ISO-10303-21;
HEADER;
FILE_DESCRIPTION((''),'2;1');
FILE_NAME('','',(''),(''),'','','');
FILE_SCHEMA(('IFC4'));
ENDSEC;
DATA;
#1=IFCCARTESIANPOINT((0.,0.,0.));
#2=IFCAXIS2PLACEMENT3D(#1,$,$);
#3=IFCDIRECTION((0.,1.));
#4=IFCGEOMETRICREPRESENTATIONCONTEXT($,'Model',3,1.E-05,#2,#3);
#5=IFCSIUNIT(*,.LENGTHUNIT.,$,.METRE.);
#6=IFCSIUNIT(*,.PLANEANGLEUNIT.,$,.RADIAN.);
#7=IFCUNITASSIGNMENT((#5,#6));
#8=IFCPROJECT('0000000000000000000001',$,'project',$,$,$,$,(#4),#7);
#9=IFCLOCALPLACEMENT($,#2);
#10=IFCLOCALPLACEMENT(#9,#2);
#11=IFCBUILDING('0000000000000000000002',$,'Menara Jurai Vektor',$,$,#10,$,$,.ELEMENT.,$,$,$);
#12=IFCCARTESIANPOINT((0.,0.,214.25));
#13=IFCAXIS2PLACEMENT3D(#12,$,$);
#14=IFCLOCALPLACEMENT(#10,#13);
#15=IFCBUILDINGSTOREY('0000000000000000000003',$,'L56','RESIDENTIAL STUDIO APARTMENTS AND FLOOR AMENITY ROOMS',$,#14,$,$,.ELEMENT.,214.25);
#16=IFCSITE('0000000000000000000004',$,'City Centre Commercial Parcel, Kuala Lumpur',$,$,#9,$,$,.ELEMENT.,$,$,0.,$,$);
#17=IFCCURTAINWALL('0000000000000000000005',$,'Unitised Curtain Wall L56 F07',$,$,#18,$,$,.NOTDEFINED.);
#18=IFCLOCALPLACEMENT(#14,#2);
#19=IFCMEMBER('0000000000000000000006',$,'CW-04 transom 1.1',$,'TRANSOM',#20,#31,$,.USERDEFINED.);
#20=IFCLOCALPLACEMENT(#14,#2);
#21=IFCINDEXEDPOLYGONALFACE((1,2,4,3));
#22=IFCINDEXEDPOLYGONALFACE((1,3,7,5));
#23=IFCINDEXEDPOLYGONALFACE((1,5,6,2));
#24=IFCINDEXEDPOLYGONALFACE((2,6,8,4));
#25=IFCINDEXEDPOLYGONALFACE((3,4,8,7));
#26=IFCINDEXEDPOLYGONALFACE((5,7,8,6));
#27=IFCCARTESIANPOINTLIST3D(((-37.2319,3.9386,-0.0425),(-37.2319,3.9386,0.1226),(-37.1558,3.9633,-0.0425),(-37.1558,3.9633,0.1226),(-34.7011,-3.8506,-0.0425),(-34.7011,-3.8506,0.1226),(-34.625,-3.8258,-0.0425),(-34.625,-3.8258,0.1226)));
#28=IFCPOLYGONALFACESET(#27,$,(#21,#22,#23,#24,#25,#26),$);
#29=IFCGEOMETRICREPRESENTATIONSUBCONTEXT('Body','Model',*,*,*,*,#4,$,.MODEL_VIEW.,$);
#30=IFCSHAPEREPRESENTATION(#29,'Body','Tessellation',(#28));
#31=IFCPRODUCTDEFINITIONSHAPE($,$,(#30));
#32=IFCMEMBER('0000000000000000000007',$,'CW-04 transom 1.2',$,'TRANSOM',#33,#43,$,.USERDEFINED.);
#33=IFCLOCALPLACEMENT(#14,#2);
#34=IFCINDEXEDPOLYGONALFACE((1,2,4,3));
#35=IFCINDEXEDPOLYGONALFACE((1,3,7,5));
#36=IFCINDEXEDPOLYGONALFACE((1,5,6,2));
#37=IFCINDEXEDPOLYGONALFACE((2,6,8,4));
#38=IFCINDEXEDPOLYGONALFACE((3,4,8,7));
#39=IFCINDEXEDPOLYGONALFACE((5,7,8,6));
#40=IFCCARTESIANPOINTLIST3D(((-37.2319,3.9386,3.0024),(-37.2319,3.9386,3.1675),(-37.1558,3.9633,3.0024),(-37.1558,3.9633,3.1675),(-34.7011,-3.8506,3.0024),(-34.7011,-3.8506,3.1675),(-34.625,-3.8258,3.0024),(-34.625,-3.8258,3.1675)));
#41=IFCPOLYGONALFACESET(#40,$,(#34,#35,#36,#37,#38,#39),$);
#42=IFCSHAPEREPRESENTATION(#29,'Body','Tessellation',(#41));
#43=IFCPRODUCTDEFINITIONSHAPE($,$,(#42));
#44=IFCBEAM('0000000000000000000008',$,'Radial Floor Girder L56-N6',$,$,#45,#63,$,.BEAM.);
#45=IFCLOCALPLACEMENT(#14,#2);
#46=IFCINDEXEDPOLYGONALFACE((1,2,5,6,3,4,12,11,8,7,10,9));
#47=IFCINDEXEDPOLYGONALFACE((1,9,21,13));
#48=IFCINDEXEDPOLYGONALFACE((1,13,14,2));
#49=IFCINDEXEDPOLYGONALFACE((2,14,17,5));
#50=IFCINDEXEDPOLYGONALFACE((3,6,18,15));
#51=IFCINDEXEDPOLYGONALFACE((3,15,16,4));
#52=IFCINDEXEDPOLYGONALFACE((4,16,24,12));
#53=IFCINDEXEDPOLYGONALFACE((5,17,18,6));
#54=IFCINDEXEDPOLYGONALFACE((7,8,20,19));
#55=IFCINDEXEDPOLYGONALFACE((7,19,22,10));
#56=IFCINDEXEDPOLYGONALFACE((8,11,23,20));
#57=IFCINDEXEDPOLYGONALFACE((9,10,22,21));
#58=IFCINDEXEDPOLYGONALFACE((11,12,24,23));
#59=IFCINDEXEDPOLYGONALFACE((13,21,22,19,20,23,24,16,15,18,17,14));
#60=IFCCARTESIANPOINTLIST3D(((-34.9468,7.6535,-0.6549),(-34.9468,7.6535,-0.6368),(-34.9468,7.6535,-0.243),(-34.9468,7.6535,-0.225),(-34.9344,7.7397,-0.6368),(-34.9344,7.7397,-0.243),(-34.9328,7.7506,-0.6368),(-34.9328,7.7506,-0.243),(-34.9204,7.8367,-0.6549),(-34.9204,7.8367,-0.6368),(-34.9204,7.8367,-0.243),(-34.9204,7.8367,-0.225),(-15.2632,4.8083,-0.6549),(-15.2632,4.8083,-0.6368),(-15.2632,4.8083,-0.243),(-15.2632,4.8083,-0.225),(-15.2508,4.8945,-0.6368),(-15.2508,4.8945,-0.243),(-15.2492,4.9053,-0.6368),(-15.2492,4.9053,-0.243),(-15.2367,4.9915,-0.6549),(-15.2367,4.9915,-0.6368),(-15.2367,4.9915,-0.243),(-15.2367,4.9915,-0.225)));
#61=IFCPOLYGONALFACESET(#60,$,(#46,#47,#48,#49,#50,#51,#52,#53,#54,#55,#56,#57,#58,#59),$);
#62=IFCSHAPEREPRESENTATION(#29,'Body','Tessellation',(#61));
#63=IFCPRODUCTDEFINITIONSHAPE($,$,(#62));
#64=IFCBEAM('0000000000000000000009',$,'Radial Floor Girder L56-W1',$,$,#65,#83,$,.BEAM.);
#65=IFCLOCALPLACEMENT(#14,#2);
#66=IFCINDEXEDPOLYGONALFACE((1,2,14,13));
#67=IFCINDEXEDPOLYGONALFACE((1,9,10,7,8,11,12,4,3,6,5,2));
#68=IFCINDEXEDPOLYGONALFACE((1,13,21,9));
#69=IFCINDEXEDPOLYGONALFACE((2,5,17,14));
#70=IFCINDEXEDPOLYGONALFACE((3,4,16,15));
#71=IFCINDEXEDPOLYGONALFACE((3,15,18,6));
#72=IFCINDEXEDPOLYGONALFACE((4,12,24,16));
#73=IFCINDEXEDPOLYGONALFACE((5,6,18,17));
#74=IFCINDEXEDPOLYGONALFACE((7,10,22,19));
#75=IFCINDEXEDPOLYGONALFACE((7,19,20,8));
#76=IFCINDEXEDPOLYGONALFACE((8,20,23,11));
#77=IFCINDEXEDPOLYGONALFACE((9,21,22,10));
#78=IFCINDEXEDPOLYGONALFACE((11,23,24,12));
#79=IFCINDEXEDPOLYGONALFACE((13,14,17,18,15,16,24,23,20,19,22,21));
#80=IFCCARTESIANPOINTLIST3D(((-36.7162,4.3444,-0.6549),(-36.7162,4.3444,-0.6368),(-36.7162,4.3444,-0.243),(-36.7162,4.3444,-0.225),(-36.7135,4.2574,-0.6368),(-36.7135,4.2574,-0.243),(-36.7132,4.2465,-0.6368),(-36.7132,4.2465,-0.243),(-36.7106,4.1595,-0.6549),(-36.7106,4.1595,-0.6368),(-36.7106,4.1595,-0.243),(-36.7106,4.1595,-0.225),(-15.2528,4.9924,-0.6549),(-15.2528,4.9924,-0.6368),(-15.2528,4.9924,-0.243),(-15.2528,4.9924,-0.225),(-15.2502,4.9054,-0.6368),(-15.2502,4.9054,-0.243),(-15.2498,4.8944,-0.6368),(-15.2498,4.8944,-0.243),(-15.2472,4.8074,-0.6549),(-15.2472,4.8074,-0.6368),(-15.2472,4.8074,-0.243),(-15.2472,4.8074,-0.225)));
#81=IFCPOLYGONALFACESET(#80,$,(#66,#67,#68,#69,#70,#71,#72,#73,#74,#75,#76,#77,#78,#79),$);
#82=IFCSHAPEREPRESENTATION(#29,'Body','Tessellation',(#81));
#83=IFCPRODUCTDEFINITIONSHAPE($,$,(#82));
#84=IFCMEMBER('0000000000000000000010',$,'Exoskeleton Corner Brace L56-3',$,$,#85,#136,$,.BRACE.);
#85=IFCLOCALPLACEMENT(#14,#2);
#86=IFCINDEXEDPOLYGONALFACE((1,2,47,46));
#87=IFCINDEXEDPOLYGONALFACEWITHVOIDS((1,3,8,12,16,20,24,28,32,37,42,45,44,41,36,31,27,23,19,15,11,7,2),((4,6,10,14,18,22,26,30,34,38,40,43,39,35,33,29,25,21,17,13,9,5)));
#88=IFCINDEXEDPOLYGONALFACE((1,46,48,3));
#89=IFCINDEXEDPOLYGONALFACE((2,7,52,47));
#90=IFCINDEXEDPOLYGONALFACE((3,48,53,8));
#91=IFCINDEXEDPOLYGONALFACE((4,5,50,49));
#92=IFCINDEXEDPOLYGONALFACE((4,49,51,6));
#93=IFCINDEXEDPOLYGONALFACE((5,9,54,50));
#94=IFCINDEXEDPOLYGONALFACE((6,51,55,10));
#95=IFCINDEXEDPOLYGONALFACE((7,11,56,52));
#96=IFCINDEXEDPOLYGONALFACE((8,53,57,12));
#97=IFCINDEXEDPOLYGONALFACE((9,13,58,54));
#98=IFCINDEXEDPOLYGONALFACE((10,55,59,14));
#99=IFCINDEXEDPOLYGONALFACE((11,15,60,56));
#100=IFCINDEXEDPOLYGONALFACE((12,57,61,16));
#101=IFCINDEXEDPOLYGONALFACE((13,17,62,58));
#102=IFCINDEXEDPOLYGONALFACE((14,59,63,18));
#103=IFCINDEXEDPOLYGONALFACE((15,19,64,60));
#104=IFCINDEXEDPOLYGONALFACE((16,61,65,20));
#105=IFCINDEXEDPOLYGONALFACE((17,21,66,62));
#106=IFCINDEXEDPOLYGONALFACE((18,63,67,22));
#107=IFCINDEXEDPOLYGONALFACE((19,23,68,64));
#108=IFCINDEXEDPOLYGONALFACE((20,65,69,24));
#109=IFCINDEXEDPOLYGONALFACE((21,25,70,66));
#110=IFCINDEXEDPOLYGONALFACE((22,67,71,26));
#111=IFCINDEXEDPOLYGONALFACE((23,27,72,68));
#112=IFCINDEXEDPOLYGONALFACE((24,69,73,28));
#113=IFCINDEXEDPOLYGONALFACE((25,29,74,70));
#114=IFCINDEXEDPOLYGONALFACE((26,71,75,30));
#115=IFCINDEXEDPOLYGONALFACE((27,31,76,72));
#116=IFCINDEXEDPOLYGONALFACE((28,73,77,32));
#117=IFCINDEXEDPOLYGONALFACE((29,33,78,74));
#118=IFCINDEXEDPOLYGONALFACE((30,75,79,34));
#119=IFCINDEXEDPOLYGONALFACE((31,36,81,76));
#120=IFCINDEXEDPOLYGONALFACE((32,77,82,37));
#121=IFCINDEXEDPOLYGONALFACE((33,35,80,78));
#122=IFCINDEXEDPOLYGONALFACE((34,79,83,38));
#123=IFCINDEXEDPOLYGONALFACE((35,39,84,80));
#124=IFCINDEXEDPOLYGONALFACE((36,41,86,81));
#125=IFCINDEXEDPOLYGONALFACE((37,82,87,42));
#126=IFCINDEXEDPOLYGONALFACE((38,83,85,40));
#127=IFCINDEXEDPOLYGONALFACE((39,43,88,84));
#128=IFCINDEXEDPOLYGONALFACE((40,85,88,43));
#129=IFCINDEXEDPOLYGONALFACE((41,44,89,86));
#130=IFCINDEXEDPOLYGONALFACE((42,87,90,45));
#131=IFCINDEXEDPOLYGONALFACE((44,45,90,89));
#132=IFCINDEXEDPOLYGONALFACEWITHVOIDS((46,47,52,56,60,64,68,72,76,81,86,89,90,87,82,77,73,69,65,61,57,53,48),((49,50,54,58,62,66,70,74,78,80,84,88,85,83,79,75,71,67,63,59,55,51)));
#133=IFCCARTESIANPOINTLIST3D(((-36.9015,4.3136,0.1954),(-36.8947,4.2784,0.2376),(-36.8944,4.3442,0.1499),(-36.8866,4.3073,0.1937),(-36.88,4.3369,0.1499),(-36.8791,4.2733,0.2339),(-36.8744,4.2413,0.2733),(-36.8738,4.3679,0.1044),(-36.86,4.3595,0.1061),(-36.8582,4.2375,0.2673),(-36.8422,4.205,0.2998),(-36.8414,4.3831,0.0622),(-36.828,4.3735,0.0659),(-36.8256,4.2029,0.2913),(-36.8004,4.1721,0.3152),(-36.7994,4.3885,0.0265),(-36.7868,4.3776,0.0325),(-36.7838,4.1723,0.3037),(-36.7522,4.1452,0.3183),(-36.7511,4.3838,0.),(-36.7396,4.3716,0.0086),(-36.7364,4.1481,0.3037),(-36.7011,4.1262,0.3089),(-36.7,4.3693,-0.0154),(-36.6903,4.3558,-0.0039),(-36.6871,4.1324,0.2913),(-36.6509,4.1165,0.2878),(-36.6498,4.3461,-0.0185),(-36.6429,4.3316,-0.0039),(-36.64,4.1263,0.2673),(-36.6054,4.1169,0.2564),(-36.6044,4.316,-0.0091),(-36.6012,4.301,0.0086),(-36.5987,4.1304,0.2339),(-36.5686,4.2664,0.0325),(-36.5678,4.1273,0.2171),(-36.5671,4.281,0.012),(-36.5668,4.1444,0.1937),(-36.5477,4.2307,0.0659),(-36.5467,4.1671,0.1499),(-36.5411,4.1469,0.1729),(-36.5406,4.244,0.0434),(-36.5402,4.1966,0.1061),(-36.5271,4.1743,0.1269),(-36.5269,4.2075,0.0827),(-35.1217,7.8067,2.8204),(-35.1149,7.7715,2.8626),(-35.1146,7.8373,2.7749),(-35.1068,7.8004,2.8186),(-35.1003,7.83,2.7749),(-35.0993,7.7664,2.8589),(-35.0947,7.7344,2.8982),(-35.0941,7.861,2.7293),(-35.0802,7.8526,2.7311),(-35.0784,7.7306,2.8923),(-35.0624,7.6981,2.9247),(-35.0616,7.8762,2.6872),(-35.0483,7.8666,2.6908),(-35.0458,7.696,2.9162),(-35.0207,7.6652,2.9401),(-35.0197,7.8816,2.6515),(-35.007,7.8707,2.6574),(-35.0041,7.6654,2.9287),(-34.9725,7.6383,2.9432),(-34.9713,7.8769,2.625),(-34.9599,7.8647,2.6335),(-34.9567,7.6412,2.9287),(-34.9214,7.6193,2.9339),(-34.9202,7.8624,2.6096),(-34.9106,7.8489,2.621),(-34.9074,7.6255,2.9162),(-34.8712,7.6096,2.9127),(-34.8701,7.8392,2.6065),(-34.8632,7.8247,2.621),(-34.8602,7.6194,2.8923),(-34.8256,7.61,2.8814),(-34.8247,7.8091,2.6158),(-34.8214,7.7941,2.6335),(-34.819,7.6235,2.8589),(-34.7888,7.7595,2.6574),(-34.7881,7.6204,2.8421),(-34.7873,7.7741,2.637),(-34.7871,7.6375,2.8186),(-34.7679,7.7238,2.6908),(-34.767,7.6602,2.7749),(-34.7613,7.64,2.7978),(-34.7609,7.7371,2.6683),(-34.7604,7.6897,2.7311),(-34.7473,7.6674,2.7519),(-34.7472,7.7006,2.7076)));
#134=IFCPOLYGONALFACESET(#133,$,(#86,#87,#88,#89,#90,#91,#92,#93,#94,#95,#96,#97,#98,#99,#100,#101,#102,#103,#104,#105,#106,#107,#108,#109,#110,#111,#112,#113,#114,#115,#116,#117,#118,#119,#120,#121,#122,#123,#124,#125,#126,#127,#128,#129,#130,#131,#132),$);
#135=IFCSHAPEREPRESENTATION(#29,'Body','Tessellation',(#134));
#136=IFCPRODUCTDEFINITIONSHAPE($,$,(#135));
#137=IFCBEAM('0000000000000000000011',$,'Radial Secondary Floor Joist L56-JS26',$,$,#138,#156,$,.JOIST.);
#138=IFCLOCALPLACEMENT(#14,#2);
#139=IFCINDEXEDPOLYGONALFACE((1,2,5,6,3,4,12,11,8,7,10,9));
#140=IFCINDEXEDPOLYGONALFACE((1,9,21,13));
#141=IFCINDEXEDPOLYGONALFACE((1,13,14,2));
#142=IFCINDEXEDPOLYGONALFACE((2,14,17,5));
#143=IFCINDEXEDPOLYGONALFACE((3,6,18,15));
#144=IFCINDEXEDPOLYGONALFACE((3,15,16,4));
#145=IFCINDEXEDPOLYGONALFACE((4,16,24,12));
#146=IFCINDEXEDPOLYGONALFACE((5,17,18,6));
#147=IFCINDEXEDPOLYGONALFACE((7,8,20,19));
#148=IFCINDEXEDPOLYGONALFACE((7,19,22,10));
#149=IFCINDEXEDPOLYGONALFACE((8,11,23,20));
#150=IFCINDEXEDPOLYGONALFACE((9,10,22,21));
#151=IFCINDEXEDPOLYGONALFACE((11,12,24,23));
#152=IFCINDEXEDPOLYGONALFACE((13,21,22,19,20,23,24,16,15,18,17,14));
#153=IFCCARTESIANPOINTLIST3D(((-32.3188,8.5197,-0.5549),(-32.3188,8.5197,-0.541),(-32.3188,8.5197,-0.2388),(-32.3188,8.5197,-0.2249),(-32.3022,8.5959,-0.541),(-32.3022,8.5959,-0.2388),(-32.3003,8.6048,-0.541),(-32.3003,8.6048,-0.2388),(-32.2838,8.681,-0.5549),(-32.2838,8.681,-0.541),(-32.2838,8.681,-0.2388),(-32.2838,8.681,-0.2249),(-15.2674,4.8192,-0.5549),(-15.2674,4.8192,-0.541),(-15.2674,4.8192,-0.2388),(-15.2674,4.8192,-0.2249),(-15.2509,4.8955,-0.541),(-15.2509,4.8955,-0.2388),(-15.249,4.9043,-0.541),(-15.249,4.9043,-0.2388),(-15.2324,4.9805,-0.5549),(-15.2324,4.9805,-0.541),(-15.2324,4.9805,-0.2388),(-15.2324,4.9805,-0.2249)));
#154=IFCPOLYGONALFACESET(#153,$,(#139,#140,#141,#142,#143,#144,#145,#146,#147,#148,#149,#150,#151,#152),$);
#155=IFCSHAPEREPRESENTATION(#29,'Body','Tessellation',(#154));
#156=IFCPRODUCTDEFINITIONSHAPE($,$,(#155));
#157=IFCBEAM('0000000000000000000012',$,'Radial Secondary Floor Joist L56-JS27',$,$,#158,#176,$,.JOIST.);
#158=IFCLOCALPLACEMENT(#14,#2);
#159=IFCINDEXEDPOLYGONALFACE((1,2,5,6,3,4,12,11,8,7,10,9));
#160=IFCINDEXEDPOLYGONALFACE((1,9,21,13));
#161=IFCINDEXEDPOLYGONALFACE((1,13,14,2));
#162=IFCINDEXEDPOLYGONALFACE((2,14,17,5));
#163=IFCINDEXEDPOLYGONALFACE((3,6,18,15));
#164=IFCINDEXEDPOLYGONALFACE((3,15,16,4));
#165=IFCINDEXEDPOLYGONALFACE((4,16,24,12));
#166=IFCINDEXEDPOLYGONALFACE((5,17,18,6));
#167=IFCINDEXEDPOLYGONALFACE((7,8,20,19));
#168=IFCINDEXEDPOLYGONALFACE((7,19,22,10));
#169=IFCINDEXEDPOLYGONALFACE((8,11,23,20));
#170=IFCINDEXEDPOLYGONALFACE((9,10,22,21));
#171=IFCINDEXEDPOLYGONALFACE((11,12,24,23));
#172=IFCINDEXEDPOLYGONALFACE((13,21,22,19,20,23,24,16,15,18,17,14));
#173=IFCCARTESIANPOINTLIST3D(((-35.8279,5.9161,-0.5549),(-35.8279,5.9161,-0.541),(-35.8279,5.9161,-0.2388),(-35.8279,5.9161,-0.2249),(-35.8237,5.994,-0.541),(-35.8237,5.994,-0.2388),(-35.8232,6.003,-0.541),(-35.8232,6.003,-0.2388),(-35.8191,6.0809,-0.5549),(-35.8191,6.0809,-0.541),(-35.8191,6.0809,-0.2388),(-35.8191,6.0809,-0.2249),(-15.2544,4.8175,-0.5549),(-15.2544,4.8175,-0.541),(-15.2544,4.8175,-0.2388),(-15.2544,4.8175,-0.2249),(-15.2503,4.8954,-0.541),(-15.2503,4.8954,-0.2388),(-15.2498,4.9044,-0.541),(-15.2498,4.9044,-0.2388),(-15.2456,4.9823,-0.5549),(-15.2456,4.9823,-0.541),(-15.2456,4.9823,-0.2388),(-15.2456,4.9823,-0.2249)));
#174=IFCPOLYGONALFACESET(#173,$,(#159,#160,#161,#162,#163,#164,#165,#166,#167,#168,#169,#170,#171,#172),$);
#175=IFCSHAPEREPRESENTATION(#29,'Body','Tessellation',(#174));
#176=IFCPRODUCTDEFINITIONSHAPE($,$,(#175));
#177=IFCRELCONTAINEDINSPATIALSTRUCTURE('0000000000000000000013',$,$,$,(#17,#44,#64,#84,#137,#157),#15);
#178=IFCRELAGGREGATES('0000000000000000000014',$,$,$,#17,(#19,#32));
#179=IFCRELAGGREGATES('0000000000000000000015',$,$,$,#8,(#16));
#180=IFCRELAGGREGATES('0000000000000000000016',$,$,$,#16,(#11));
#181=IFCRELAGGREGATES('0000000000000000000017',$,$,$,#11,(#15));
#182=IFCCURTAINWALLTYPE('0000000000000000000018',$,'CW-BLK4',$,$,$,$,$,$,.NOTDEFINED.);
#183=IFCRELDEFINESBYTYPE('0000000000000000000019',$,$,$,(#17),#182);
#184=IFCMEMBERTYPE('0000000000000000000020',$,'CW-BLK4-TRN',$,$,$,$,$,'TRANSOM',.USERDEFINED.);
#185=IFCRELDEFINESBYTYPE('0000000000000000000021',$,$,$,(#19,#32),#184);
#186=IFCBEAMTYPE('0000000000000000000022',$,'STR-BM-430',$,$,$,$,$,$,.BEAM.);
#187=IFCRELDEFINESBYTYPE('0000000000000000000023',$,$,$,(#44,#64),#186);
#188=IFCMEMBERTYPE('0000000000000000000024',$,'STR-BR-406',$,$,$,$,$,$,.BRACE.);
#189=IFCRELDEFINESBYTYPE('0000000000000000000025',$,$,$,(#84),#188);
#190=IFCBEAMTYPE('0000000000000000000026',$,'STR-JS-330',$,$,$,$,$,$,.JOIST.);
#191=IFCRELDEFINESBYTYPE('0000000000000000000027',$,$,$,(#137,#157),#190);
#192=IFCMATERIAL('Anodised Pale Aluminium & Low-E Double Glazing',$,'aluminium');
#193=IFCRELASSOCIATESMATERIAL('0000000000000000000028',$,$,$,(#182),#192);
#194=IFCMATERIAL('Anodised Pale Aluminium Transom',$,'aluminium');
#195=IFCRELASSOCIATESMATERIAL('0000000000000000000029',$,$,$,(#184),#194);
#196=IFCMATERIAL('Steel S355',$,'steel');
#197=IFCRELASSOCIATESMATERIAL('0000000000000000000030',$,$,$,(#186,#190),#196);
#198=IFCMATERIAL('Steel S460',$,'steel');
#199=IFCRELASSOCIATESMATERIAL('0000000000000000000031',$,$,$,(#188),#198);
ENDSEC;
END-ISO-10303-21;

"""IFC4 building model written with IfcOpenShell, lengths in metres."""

from ifc_helpers import new_model, si_unit, direction, frame, origin, origin_2d, place, context, subcontext, project, spatial, rectangle, hollow_circle, i_section, extrude, material, material_profile, profile_set, type_object, element, aggregate, save


model = new_model("IFC4")

# Units and contexts
model_context = context("Model", 3, precision=1e-05, world=origin(), true_north=direction((0.0, 1.0)))
body_context = subcontext(model_context, "Body", "Model", "MODEL_VIEW")
ifc_project = project(units=[si_unit("LENGTHUNIT", "METRE"), si_unit("PLANEANGLEUNIT", "RADIAN")], contexts=[model_context])

# Site, building, storey
site_placement = place(None, origin())
site = spatial("IfcSite", under=ifc_project, at=site_placement, Name="City Centre Commercial Parcel, Kuala Lumpur", CompositionType="ELEMENT", RefElevation=0.0)
building_placement = place(site_placement, origin())
building = spatial("IfcBuilding", under=site, at=building_placement, Name="Menara Jurai Vektor", CompositionType="ELEMENT")
storey_placement = place(building_placement, frame((0.0, 0.0, 214.25)))
storey = spatial("IfcBuildingStorey", under=building, at=storey_placement, Name="L56", Description="RESIDENTIAL STUDIO APARTMENTS AND FLOOR AMENITY ROOMS", CompositionType="ELEMENT", Elevation=214.25)

# Shared definitions
ifc_material_1 = material(Name="Steel S460", Category="steel")

# Shared definitions
ifc_material_2 = material(Name="Anodised Pale Aluminium & Low-E Double Glazing", Category="aluminium")
curtain_wall_type = type_object("IfcCurtainWallType", Name="CW-BLK4", PredefinedType="NOTDEFINED", material=ifc_material_2)

# Curtain wall
curtain_wall_1_placement = place(storey_placement, origin())
curtain_wall_1 = element("IfcCurtainWall", 1, at=curtain_wall_1_placement, inside=storey, type_object=curtain_wall_type, Name="Unitised Curtain Wall L56 F07", PredefinedType="NOTDEFINED")

# Members
ifc_material_3 = material(Name="Anodised Pale Aluminium Transom", Category="aluminium")
ifc_material_profile_1 = material_profile(ifc_material_3, rectangle(XDim=0.0801, YDim=0.165, at=origin_2d()), Name="ALU TRN 80x165")
ifc_profile_set_1 = profile_set([ifc_material_profile_1], Name="Anodised Pale Aluminium Transom")
member_type_1 = type_object("IfcMemberType", Name="CW-BLK4-TRN", ElementType="TRANSOM", PredefinedType="USERDEFINED", material=ifc_profile_set_1)
member_1_placement = place(storey_placement, frame((-37.1938, 3.9509, 0.04), z_axis=(0.309011, -0.951059, 0.0), x_axis=(0.951059, 0.309011, 0.0)))
member_1 = element("IfcMember", 2, at=member_1_placement, type_object=member_type_1, Name="CW-04 transom 1.1", ObjectType="TRANSOM", PredefinedType="USERDEFINED", context=body_context, shape_type="SweptSolid", body=[
    extrude(rectangle(XDim=0.0801, YDim=0.165, at=origin_2d()), origin(), (0.0, 0.0, 1.0), 8.1899),
])
member_2_placement = place(storey_placement, frame((-37.1938, 3.9509, 3.085), z_axis=(0.309011, -0.951059, 0.0), x_axis=(0.951059, 0.309011, 0.0)))
member_2 = element("IfcMember", 3, at=member_2_placement, type_object=member_type_1, Name="CW-04 transom 1.2", ObjectType="TRANSOM", PredefinedType="USERDEFINED", context=body_context, shape_type="SweptSolid", body=[
    extrude(rectangle(XDim=0.0801, YDim=0.165, at=origin_2d()), origin(), (0.0, 0.0, 1.0), 8.1899),
])

# Beams
ifc_material_4 = material(Name="Steel S355", Category="steel")
ifc_material_profile_2 = material_profile(ifc_material_4, i_section(OverallWidth=0.1851, OverallDepth=0.4299, WebThickness=0.011, FlangeThickness=0.0181, at=origin_2d()), Name="PG 430x185x76")
ifc_profile_set_2 = profile_set([ifc_material_profile_2], Name="Steel S355")
beam_type_1 = type_object("IfcBeamType", Name="STR-BM-430", PredefinedType="BEAM", material=ifc_profile_set_2)
beam_1_placement = place(storey_placement, frame((-34.9336, 7.7451, -0.4399), z_axis=(0.989714, -0.143061, 0.0), x_axis=(0.143061, 0.989714, 0.0)))
element("IfcBeam", 4, at=beam_1_placement, inside=storey, type_object=beam_type_1, Name="Radial Floor Girder L56-N6", PredefinedType="BEAM", context=body_context, shape_type="SweptSolid", body=[
    extrude(i_section(OverallWidth=0.1851, OverallDepth=0.4299, WebThickness=0.011, FlangeThickness=0.0181, at=origin_2d()), origin(), (0.0, 0.0, 1.0), 19.8882),
])
beam_2_placement = place(storey_placement, frame((-36.7134, 4.252, -0.4399), z_axis=(0.999545, 0.030175, 0.0), x_axis=(-0.030175, 0.999545, 0.0)))
element("IfcBeam", 5, at=beam_2_placement, inside=storey, type_object=beam_type_1, Name="Radial Floor Girder L56-W1", PredefinedType="BEAM", context=body_context, shape_type="SweptSolid", body=[
    extrude(i_section(OverallWidth=0.1851, OverallDepth=0.4299, WebThickness=0.011, FlangeThickness=0.0181, at=origin_2d()), origin(), (0.0, 0.0, 1.0), 21.4731),
])

# Member
ifc_material_profile_3 = material_profile(ifc_material_1, hollow_circle(Radius=0.2031, WallThickness=0.0161, at=origin_2d()), Name="CHS 406.4x16")
ifc_profile_set_3 = profile_set([ifc_material_profile_3], Name="Steel S460")
member_type_2 = type_object("IfcMemberType", Name="STR-BR-406", PredefinedType="BRACE", material=ifc_profile_set_3)
member_3_placement = place(storey_placement, frame((-36.7134, 4.252, 0.1499), z_axis=(0.377225, 0.740375, 0.556368), x_axis=(-0.891014, 0.453976, 0.0)))
element("IfcMember", 6, at=member_3_placement, inside=storey, type_object=member_type_2, Name="Exoskeleton Corner Brace L56-3", PredefinedType="BRACE", context=body_context, shape_type="SweptSolid", body=[
    extrude(hollow_circle(Radius=0.2031, WallThickness=0.0161, at=origin_2d()), origin(), (0.0, 0.0, 1.0), 4.718),
])

# Beams
ifc_material_profile_4 = material_profile(ifc_material_4, i_section(OverallWidth=0.165, OverallDepth=0.3301, WebThickness=0.009, FlangeThickness=0.0139, at=origin_2d()), Name="PG 330x165x46")
ifc_profile_set_4 = profile_set([ifc_material_profile_4], Name="Steel S355")
beam_type_2 = type_object("IfcBeamType", Name="STR-JS-330", PredefinedType="JOIST", material=ifc_profile_set_4)
beam_3_placement = place(storey_placement, frame((-32.3013, 8.6003, -0.3899), z_axis=(0.977252, -0.212082, 0.0), x_axis=(0.212082, 0.977252, 0.0)))
element("IfcBeam", 7, at=beam_3_placement, inside=storey, type_object=beam_type_2, Name="Radial Secondary Floor Joist L56-JS26", PredefinedType="JOIST", context=body_context, shape_type="SweptSolid", body=[
    extrude(i_section(OverallWidth=0.165, OverallDepth=0.3301, WebThickness=0.009, FlangeThickness=0.0139, at=origin_2d()), origin(), (0.0, 0.0, 1.0), 17.4482),
])
beam_4_placement = place(storey_placement, frame((-35.8235, 5.9985, -0.3899), z_axis=(0.998577, -0.053324, 0.0), x_axis=(0.053324, 0.998577, 0.0)))
element("IfcBeam", 8, at=beam_4_placement, inside=storey, type_object=beam_type_2, Name="Radial Secondary Floor Joist L56-JS27", PredefinedType="JOIST", context=body_context, shape_type="SweptSolid", body=[
    extrude(i_section(OverallWidth=0.165, OverallDepth=0.3301, WebThickness=0.009, FlangeThickness=0.0139, at=origin_2d()), origin(), (0.0, 0.0, 1.0), 20.6028),
])

aggregate(curtain_wall_1, [member_1, member_2])

save(model, "model.ifc")
